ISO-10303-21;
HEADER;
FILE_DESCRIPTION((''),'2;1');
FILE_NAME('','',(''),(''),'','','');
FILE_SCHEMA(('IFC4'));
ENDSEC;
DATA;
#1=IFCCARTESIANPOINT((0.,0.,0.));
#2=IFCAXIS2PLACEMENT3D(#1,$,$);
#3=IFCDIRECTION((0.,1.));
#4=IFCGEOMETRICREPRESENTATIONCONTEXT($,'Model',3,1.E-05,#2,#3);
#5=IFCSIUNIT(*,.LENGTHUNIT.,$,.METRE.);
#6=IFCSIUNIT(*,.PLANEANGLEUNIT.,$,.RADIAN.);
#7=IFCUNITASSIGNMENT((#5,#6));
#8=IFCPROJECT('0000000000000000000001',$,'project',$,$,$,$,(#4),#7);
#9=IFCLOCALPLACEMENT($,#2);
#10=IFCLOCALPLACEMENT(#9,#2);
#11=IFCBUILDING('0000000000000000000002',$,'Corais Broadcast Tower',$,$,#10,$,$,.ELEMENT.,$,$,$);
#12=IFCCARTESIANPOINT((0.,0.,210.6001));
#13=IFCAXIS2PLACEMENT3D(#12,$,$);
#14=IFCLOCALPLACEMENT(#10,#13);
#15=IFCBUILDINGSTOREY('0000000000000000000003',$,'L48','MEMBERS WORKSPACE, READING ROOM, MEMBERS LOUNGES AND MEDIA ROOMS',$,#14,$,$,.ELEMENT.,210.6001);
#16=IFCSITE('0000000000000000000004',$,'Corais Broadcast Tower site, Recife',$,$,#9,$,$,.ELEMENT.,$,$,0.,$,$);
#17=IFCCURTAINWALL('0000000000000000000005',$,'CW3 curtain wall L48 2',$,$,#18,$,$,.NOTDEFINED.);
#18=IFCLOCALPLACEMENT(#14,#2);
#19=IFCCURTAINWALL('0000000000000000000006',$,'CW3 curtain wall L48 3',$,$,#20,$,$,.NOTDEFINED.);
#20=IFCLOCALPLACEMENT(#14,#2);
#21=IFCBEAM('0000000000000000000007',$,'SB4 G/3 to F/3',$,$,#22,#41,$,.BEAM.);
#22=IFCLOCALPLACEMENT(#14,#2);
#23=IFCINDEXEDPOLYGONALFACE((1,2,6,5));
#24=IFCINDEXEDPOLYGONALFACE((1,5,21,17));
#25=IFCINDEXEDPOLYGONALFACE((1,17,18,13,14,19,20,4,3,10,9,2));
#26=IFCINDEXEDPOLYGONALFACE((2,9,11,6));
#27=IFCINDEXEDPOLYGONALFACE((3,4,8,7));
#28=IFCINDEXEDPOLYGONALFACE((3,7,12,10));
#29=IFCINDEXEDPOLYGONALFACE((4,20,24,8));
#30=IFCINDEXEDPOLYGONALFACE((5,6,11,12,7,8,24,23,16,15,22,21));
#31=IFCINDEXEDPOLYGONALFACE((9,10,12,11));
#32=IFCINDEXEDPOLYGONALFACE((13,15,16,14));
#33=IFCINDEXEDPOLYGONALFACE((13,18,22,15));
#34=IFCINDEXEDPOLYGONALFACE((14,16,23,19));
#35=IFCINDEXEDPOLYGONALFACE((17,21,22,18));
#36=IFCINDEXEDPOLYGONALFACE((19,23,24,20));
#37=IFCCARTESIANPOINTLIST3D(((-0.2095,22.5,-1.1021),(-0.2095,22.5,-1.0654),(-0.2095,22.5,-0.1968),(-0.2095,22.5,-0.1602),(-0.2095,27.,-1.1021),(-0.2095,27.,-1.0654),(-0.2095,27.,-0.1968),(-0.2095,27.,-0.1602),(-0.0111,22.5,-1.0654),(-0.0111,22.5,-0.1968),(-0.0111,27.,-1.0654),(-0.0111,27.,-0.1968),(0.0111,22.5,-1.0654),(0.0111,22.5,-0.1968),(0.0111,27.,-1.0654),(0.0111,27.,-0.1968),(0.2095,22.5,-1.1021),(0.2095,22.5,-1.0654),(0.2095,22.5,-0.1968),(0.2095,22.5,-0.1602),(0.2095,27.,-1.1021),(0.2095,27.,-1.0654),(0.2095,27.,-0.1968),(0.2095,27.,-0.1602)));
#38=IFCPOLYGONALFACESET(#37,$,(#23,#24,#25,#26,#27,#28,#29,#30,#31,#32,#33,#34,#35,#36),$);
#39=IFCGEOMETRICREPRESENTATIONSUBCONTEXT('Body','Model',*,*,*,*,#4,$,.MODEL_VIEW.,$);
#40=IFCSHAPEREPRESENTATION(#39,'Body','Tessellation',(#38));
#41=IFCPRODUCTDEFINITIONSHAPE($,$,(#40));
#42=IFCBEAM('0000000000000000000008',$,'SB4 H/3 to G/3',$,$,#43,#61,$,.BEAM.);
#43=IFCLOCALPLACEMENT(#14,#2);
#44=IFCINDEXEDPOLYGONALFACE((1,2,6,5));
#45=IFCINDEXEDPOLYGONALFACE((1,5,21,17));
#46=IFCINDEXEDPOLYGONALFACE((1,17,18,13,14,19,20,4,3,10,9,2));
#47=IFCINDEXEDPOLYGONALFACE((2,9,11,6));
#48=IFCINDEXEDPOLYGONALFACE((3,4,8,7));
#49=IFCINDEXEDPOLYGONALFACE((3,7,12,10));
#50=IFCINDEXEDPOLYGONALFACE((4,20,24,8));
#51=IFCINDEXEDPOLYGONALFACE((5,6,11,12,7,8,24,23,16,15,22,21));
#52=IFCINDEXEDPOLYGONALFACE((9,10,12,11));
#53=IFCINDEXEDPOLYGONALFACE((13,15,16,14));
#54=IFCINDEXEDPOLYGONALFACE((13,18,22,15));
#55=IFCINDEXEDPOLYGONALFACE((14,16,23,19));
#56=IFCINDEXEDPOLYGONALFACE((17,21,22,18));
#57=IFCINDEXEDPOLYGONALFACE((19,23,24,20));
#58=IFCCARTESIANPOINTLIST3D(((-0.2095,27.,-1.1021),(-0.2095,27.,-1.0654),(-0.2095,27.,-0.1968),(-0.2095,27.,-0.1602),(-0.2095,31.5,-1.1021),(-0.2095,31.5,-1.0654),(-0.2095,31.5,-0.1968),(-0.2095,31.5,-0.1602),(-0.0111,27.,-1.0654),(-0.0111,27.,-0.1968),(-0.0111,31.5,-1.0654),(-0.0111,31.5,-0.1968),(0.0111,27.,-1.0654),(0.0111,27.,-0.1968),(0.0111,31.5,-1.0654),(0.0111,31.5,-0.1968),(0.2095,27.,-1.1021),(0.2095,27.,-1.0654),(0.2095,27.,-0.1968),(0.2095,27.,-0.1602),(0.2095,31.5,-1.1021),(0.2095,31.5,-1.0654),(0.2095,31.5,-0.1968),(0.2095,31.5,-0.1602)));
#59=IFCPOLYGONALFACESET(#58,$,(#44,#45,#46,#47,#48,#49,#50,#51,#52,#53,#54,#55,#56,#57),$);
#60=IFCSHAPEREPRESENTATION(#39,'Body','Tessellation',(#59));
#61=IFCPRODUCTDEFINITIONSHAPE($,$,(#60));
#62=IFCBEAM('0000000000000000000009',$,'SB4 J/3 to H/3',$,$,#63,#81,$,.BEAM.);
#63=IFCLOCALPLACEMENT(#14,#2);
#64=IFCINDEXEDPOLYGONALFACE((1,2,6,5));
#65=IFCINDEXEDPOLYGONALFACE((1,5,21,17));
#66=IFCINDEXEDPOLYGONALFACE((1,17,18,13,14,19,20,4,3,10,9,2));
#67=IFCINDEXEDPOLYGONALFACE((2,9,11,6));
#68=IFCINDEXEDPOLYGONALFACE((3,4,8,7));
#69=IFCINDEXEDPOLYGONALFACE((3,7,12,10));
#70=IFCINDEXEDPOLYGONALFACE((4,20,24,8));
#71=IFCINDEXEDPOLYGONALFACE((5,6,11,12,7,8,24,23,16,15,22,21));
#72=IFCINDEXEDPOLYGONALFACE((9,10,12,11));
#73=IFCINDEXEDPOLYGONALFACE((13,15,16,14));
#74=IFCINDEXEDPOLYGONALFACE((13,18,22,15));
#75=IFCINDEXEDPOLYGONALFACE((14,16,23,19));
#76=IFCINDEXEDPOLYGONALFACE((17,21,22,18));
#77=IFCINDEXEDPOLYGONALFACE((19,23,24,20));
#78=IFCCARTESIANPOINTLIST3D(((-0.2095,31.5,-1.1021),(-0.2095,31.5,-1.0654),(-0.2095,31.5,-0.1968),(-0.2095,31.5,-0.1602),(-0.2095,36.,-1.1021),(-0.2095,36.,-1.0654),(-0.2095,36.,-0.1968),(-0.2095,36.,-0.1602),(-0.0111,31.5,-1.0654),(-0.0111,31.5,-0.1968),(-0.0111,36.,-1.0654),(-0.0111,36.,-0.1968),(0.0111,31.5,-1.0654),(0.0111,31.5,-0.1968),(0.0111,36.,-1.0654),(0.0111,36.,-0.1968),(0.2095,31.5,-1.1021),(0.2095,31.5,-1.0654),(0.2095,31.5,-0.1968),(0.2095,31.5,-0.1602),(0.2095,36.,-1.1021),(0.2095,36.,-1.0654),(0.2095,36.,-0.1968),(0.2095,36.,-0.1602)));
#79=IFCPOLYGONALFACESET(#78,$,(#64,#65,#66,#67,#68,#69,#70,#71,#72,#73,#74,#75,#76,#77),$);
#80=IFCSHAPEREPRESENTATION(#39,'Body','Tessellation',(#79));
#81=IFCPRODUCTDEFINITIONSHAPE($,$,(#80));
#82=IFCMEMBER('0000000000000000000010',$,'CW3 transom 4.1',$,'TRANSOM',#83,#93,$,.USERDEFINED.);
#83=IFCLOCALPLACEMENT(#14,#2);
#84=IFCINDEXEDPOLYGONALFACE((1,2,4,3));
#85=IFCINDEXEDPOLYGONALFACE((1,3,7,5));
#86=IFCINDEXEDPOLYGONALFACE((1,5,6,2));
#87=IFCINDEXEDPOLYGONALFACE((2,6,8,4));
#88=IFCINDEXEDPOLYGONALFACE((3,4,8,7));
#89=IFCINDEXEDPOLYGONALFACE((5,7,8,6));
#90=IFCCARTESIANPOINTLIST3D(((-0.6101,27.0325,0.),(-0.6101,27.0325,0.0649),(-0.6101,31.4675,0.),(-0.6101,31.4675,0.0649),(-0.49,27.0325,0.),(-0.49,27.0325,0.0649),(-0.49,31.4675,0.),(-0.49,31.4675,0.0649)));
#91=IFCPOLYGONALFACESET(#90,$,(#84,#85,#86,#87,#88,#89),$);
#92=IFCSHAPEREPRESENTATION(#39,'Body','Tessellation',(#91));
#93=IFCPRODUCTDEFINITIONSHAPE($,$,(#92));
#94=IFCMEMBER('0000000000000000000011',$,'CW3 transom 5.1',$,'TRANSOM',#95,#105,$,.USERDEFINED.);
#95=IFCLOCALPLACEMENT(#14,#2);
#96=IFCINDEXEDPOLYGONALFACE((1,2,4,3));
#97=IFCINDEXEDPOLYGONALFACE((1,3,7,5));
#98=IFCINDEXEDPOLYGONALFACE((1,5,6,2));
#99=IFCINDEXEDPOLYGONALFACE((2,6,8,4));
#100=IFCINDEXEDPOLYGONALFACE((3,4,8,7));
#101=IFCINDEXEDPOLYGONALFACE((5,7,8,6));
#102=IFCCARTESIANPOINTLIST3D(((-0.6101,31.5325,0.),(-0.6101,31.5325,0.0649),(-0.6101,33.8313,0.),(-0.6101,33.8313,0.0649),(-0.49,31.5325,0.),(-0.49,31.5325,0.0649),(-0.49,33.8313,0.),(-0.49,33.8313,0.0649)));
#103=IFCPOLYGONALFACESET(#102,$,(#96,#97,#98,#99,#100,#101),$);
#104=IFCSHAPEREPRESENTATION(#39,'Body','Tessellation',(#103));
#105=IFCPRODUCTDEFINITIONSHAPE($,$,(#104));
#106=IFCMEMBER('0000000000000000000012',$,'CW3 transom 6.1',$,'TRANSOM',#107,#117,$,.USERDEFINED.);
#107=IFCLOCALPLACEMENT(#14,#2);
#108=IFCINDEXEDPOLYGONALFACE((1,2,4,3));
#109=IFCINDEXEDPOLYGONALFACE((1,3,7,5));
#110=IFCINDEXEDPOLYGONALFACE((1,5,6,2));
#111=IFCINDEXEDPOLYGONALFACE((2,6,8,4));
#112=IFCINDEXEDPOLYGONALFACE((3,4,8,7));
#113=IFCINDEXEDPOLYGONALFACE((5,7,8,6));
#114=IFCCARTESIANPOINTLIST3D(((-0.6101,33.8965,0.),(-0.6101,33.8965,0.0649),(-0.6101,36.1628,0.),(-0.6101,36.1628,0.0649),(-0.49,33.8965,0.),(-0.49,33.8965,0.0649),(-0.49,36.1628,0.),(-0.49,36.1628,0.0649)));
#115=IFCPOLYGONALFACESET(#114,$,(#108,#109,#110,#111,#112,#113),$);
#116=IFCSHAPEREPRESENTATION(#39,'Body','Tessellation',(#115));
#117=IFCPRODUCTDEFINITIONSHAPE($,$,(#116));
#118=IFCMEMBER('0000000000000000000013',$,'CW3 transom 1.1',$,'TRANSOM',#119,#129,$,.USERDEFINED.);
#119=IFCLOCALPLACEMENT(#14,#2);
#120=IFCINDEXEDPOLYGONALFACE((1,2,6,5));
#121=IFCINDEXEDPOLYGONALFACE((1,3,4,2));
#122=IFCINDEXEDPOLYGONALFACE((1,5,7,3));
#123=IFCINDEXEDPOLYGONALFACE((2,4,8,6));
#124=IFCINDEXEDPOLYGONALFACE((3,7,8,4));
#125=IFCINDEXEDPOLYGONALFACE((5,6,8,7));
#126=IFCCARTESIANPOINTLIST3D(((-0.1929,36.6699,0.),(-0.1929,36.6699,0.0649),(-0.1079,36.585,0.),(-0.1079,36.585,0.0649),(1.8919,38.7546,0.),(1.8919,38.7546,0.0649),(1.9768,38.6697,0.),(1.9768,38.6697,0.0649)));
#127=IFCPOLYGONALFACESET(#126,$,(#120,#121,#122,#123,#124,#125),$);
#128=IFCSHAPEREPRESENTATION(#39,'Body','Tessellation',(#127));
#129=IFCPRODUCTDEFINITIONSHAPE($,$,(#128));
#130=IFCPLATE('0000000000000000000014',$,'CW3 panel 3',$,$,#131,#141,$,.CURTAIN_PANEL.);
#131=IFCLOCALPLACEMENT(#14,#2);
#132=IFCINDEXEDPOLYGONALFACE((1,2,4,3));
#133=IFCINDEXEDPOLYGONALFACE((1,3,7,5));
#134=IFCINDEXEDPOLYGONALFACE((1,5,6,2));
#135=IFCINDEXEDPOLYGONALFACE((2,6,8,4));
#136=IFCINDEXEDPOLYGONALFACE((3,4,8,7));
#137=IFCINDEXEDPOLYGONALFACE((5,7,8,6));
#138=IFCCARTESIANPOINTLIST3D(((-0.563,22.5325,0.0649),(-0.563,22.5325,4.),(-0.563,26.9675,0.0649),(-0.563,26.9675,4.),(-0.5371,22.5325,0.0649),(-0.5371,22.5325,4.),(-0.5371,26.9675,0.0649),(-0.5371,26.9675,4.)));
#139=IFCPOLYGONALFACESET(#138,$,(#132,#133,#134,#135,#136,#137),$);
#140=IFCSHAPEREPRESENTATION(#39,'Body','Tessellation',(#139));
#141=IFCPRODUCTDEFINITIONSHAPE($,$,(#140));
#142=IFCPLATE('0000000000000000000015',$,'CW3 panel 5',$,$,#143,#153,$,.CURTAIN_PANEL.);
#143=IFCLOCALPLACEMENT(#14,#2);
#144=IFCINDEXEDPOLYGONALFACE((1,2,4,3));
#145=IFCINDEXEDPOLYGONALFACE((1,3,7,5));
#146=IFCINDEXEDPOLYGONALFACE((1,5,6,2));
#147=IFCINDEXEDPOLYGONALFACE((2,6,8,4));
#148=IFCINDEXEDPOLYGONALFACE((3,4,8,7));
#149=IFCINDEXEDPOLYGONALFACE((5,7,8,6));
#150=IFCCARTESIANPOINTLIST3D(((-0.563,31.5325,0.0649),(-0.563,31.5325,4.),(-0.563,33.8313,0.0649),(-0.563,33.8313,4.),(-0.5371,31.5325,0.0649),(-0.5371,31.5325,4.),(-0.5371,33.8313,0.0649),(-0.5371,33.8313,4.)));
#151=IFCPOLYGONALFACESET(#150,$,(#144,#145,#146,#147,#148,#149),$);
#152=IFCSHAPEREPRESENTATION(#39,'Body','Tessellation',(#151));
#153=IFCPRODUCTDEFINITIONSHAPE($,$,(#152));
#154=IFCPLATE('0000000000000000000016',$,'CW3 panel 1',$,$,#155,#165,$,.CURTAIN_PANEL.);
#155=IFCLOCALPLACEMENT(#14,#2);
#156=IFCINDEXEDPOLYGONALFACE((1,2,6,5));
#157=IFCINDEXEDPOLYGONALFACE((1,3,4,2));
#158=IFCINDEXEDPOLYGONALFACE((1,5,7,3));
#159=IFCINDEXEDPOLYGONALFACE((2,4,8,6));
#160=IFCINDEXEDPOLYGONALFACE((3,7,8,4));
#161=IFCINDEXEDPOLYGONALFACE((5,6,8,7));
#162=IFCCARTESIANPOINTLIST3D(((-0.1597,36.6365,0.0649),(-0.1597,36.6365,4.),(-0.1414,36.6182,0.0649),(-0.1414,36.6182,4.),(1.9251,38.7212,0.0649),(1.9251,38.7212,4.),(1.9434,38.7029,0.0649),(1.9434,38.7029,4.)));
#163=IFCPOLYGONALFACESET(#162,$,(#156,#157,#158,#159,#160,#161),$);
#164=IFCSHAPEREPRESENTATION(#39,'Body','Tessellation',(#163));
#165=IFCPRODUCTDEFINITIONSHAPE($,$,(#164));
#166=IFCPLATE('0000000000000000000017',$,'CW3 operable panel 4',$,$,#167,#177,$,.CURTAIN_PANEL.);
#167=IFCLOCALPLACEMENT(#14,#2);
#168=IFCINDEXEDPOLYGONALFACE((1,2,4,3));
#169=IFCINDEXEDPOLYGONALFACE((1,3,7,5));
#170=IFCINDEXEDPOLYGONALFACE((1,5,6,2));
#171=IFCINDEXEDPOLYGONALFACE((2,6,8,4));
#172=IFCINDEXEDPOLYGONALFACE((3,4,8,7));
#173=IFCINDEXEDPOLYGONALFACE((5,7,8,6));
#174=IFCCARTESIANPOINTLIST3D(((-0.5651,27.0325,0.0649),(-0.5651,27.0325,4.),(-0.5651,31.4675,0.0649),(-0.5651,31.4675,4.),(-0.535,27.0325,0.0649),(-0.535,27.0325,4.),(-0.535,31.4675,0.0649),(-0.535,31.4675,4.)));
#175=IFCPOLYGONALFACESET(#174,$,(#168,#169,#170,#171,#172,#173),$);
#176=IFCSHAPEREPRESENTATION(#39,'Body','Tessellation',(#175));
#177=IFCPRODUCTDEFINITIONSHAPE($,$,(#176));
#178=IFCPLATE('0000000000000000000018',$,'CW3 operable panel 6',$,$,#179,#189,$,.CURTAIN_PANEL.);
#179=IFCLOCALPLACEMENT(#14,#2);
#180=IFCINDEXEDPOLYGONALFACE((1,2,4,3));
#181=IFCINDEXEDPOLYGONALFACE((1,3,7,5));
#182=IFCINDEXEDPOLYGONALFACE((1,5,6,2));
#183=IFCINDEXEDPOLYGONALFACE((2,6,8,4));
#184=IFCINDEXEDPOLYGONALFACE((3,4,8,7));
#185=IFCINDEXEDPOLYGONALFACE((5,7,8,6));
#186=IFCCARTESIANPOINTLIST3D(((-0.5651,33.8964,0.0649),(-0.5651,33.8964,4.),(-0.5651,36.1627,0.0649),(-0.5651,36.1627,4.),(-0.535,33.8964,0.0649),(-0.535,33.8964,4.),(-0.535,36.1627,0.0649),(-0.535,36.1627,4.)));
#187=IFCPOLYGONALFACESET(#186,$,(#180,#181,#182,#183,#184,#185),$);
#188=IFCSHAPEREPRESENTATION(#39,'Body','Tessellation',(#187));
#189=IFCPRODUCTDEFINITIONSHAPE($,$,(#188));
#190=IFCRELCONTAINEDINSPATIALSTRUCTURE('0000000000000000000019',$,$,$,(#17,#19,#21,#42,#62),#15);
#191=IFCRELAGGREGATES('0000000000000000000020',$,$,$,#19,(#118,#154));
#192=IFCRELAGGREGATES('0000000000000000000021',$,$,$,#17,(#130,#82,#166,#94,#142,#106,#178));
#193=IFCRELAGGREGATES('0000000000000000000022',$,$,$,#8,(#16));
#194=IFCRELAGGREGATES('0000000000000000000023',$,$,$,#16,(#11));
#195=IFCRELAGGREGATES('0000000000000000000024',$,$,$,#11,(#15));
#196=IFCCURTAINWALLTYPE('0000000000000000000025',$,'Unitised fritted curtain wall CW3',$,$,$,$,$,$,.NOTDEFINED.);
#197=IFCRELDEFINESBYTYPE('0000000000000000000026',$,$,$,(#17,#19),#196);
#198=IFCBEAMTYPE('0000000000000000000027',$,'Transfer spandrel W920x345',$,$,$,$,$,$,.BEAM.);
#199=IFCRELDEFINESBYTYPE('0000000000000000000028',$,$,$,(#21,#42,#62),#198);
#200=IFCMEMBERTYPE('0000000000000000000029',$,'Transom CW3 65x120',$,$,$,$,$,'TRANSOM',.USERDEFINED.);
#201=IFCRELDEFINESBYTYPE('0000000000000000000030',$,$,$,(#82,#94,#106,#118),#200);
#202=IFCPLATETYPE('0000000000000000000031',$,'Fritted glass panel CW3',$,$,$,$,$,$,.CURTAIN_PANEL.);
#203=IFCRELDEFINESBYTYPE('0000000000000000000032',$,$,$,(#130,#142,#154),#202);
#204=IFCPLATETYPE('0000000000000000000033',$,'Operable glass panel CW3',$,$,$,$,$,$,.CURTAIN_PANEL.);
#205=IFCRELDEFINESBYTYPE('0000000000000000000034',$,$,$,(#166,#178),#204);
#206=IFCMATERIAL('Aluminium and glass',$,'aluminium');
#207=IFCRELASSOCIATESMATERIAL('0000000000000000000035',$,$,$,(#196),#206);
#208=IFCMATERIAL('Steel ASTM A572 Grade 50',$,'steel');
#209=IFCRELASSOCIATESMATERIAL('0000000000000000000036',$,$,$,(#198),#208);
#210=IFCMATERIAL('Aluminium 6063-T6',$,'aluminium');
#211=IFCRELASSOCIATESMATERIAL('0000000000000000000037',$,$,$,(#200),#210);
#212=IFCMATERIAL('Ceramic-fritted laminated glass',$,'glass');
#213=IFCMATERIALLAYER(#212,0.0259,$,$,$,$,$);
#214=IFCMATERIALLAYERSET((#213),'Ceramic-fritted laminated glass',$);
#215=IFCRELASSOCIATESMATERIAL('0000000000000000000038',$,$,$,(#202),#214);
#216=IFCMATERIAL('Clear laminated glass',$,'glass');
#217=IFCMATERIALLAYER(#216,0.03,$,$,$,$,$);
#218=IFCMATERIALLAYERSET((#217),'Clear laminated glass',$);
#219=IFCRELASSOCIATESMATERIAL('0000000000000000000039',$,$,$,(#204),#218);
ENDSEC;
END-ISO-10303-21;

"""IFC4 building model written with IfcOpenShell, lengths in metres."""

from ifc_helpers import new_model, si_unit, direction, frame, origin, origin_2d, place, context, subcontext, project, spatial, rectangle, i_section, extrude, material, layer, layer_set, material_profile, profile_set, type_object, element, aggregate, save


model = new_model("IFC4")

# Units and contexts
model_context = context("Model", 3, precision=1e-05, world=origin(), true_north=direction((0.0, 1.0)))
body_context = subcontext(model_context, "Body", "Model", "MODEL_VIEW")
ifc_project = project(units=[si_unit("LENGTHUNIT", "METRE"), si_unit("PLANEANGLEUNIT", "RADIAN")], contexts=[model_context])

# Site, building, storey
site_placement = place(None, origin())
site = spatial("IfcSite", under=ifc_project, at=site_placement, Name="Corais Broadcast Tower site, Recife", CompositionType="ELEMENT", RefElevation=0.0)
building_placement = place(site_placement, origin())
building = spatial("IfcBuilding", under=site, at=building_placement, Name="Corais Broadcast Tower", CompositionType="ELEMENT")
storey_placement = place(building_placement, frame((0.0, 0.0, 210.6001)))
storey = spatial("IfcBuildingStorey", under=building, at=storey_placement, Name="L48", Description="MEMBERS WORKSPACE, READING ROOM, MEMBERS LOUNGES AND MEDIA ROOMS", CompositionType="ELEMENT", Elevation=210.6001)

# Curtain walls
ifc_material_1 = material(Name="Aluminium and glass", Category="aluminium")
curtain_wall_type = type_object("IfcCurtainWallType", Name="Unitised fritted curtain wall CW3", PredefinedType="NOTDEFINED", material=ifc_material_1)
curtain_wall_1_placement = place(storey_placement, origin())
curtain_wall_1 = element("IfcCurtainWall", 1, at=curtain_wall_1_placement, inside=storey, type_object=curtain_wall_type, Name="CW3 curtain wall L48 2", PredefinedType="NOTDEFINED")
curtain_wall_2_placement = place(storey_placement, origin())
curtain_wall_2 = element("IfcCurtainWall", 2, at=curtain_wall_2_placement, inside=storey, type_object=curtain_wall_type, Name="CW3 curtain wall L48 3", PredefinedType="NOTDEFINED")

# Beams
ifc_material_2 = material(Name="Steel ASTM A572 Grade 50", Category="steel")
ifc_material_profile_1 = material_profile(ifc_material_2, i_section(OverallWidth=0.4189, OverallDepth=0.9419, WebThickness=0.0222, FlangeThickness=0.0366, at=origin_2d()), Name="W920x345")
ifc_profile_set_1 = profile_set([ifc_material_profile_1], Name="Steel ASTM A572 Grade 50")
beam_type_1 = type_object("IfcBeamType", Name="Transfer spandrel W920x345", PredefinedType="BEAM", material=ifc_profile_set_1)
for number, where, z_axis, x_axis, name in (
    (3, (0.0, 27.0, -0.6311), (0.0, -1.0, 0.0), (1.0, 0.0, 0.0), "SB4 G/3 to F/3"),
    (4, (0.0, 31.5, -0.6311), (0.0, -1.0, 0.0), (1.0, 0.0, 0.0), "SB4 H/3 to G/3"),
    (5, (0.0, 36.0, -0.6311), (0.0, -1.0, 0.0), (1.0, 0.0, 0.0), "SB4 J/3 to H/3"),
):
    element("IfcBeam", number, at=place(storey_placement, frame(where, z_axis=z_axis, x_axis=x_axis)), inside=storey, type_object=beam_type_1, Name=name, PredefinedType="BEAM", context=body_context, shape_type="SweptSolid", body=[
        extrude(i_section(OverallWidth=0.4189, OverallDepth=0.9419, WebThickness=0.0222, FlangeThickness=0.0366, at=origin_2d()), origin(), (0.0, 0.0, 1.0), 4.5),
    ])

# Members
ifc_material_3 = material(Name="Aluminium 6063-T6", Category="aluminium")
ifc_material_profile_2 = material_profile(ifc_material_3, rectangle(XDim=0.1201, YDim=0.0649, at=origin_2d()), Name="Transom CW3 65x120")
ifc_profile_set_2 = profile_set([ifc_material_profile_2], Name="Aluminium 6063-T6")
member_type_1 = type_object("IfcMemberType", Name="Transom CW3 65x120", ElementType="TRANSOM", PredefinedType="USERDEFINED", material=ifc_profile_set_2)
member_1_placement = place(storey_placement, frame((-0.55, 27.0325, 0.0325), z_axis=(0.0, 1.0, 0.0), x_axis=(-1.0, 0.0, 0.0)))
member_1 = element("IfcMember", 6, at=member_1_placement, type_object=member_type_1, Name="CW3 transom 4.1", ObjectType="TRANSOM", PredefinedType="USERDEFINED", context=body_context, shape_type="SweptSolid", body=[
    extrude(rectangle(XDim=0.1201, YDim=0.0649, at=origin_2d()), origin(), (0.0, 0.0, 1.0), 4.4351),
])
member_2_placement = place(storey_placement, frame((-0.55, 31.5325, 0.0325), z_axis=(0.0, 1.0, 0.0), x_axis=(-1.0, 0.0, 0.0)))
member_2 = element("IfcMember", 7, at=member_2_placement, type_object=member_type_1, Name="CW3 transom 5.1", ObjectType="TRANSOM", PredefinedType="USERDEFINED", context=body_context, shape_type="SweptSolid", body=[
    extrude(rectangle(XDim=0.1201, YDim=0.0649, at=origin_2d()), origin(), (0.0, 0.0, 1.0), 2.2988),
])
member_3_placement = place(storey_placement, frame((-0.55, 33.8965, 0.0325), z_axis=(0.0, 1.0, 0.0), x_axis=(-1.0, 0.0, 0.0)))
member_3 = element("IfcMember", 8, at=member_3_placement, type_object=member_type_1, Name="CW3 transom 6.1", ObjectType="TRANSOM", PredefinedType="USERDEFINED", context=body_context, shape_type="SweptSolid", body=[
    extrude(rectangle(XDim=0.1201, YDim=0.0649, at=origin_2d()), origin(), (0.0, 0.0, 1.0), 2.2664),
])
member_4_placement = place(storey_placement, frame((-0.1504, 36.6274, 0.0325), z_axis=(0.707107, 0.707107, 0.0), x_axis=(-0.707107, 0.707107, 0.0)))
member_4 = element("IfcMember", 9, at=member_4_placement, type_object=member_type_1, Name="CW3 transom 1.1", ObjectType="TRANSOM", PredefinedType="USERDEFINED", context=body_context, shape_type="SweptSolid", body=[
    extrude(rectangle(XDim=0.1201, YDim=0.0649, at=origin_2d()), origin(), (0.0, 0.0, 1.0), 2.9482),
])

# Plates
ifc_material_4 = material(Name="Ceramic-fritted laminated glass", Category="glass")
ifc_layer_1 = layer(ifc_material_4, 0.0259)
ifc_layer_set_1 = layer_set([ifc_layer_1], Name="Ceramic-fritted laminated glass")
plate_type_1 = type_object("IfcPlateType", Name="Fritted glass panel CW3", PredefinedType="CURTAIN_PANEL", material=ifc_layer_set_1)
plate_1_placement = place(storey_placement, frame((-0.55, 24.75, 0.0649), z_axis=(0.0, 0.0, 1.0), x_axis=(0.0, 1.0, 0.0)))
plate_1 = element("IfcPlate", 10, at=plate_1_placement, type_object=plate_type_1, Name="CW3 panel 3", PredefinedType="CURTAIN_PANEL", context=body_context, shape_type="SweptSolid", body=[
    extrude(rectangle(XDim=4.4351, YDim=0.0259, at=origin_2d()), origin(), (0.0, 0.0, 1.0), 3.9351),
])
plate_2_placement = place(storey_placement, frame((-0.55, 32.6819, 0.0649), z_axis=(0.0, 0.0, 1.0), x_axis=(0.0, 1.0, 0.0)))
plate_2 = element("IfcPlate", 11, at=plate_2_placement, type_object=plate_type_1, Name="CW3 panel 5", PredefinedType="CURTAIN_PANEL", context=body_context, shape_type="SweptSolid", body=[
    extrude(rectangle(XDim=2.2988, YDim=0.0259, at=origin_2d()), origin(), (0.0, 0.0, 1.0), 3.9351),
])
plate_3_placement = place(storey_placement, frame((0.8918, 37.6697, 0.0649), z_axis=(0.0, 0.0, 1.0), x_axis=(0.707107, 0.707107, 0.0)))
plate_3 = element("IfcPlate", 12, at=plate_3_placement, type_object=plate_type_1, Name="CW3 panel 1", PredefinedType="CURTAIN_PANEL", context=body_context, shape_type="SweptSolid", body=[
    extrude(rectangle(XDim=2.9482, YDim=0.0259, at=origin_2d()), origin(), (0.0, 0.0, 1.0), 3.9351),
])
aggregate(curtain_wall_2, [member_4, plate_3])
ifc_material_5 = material(Name="Clear laminated glass", Category="glass")
ifc_layer_2 = layer(ifc_material_5, 0.03)
ifc_layer_set_2 = layer_set([ifc_layer_2], Name="Clear laminated glass")
plate_type_2 = type_object("IfcPlateType", Name="Operable glass panel CW3", PredefinedType="CURTAIN_PANEL", material=ifc_layer_set_2)
plate_4_placement = place(storey_placement, frame((-0.55, 29.25, 0.0649), z_axis=(0.0, 0.0, 1.0), x_axis=(0.0, 1.0, 0.0)))
plate_4 = element("IfcPlate", 13, at=plate_4_placement, type_object=plate_type_2, Name="CW3 operable panel 4", PredefinedType="CURTAIN_PANEL", context=body_context, shape_type="SweptSolid", body=[
    extrude(rectangle(XDim=4.4351, YDim=0.03, at=origin_2d()), origin(), (0.0, 0.0, 1.0), 3.9351),
])
plate_5_placement = place(storey_placement, frame((-0.55, 35.0295, 0.0649), z_axis=(0.0, 0.0, 1.0), x_axis=(0.0, 1.0, 0.0)))
plate_5 = element("IfcPlate", 14, at=plate_5_placement, type_object=plate_type_2, Name="CW3 operable panel 6", PredefinedType="CURTAIN_PANEL", context=body_context, shape_type="SweptSolid", body=[
    extrude(rectangle(XDim=2.2664, YDim=0.03, at=origin_2d()), origin(), (0.0, 0.0, 1.0), 3.9351),
])
aggregate(curtain_wall_1, [plate_1, member_1, plate_4, member_2, plate_2, member_3, plate_5])

save(model, "model.ifc")
